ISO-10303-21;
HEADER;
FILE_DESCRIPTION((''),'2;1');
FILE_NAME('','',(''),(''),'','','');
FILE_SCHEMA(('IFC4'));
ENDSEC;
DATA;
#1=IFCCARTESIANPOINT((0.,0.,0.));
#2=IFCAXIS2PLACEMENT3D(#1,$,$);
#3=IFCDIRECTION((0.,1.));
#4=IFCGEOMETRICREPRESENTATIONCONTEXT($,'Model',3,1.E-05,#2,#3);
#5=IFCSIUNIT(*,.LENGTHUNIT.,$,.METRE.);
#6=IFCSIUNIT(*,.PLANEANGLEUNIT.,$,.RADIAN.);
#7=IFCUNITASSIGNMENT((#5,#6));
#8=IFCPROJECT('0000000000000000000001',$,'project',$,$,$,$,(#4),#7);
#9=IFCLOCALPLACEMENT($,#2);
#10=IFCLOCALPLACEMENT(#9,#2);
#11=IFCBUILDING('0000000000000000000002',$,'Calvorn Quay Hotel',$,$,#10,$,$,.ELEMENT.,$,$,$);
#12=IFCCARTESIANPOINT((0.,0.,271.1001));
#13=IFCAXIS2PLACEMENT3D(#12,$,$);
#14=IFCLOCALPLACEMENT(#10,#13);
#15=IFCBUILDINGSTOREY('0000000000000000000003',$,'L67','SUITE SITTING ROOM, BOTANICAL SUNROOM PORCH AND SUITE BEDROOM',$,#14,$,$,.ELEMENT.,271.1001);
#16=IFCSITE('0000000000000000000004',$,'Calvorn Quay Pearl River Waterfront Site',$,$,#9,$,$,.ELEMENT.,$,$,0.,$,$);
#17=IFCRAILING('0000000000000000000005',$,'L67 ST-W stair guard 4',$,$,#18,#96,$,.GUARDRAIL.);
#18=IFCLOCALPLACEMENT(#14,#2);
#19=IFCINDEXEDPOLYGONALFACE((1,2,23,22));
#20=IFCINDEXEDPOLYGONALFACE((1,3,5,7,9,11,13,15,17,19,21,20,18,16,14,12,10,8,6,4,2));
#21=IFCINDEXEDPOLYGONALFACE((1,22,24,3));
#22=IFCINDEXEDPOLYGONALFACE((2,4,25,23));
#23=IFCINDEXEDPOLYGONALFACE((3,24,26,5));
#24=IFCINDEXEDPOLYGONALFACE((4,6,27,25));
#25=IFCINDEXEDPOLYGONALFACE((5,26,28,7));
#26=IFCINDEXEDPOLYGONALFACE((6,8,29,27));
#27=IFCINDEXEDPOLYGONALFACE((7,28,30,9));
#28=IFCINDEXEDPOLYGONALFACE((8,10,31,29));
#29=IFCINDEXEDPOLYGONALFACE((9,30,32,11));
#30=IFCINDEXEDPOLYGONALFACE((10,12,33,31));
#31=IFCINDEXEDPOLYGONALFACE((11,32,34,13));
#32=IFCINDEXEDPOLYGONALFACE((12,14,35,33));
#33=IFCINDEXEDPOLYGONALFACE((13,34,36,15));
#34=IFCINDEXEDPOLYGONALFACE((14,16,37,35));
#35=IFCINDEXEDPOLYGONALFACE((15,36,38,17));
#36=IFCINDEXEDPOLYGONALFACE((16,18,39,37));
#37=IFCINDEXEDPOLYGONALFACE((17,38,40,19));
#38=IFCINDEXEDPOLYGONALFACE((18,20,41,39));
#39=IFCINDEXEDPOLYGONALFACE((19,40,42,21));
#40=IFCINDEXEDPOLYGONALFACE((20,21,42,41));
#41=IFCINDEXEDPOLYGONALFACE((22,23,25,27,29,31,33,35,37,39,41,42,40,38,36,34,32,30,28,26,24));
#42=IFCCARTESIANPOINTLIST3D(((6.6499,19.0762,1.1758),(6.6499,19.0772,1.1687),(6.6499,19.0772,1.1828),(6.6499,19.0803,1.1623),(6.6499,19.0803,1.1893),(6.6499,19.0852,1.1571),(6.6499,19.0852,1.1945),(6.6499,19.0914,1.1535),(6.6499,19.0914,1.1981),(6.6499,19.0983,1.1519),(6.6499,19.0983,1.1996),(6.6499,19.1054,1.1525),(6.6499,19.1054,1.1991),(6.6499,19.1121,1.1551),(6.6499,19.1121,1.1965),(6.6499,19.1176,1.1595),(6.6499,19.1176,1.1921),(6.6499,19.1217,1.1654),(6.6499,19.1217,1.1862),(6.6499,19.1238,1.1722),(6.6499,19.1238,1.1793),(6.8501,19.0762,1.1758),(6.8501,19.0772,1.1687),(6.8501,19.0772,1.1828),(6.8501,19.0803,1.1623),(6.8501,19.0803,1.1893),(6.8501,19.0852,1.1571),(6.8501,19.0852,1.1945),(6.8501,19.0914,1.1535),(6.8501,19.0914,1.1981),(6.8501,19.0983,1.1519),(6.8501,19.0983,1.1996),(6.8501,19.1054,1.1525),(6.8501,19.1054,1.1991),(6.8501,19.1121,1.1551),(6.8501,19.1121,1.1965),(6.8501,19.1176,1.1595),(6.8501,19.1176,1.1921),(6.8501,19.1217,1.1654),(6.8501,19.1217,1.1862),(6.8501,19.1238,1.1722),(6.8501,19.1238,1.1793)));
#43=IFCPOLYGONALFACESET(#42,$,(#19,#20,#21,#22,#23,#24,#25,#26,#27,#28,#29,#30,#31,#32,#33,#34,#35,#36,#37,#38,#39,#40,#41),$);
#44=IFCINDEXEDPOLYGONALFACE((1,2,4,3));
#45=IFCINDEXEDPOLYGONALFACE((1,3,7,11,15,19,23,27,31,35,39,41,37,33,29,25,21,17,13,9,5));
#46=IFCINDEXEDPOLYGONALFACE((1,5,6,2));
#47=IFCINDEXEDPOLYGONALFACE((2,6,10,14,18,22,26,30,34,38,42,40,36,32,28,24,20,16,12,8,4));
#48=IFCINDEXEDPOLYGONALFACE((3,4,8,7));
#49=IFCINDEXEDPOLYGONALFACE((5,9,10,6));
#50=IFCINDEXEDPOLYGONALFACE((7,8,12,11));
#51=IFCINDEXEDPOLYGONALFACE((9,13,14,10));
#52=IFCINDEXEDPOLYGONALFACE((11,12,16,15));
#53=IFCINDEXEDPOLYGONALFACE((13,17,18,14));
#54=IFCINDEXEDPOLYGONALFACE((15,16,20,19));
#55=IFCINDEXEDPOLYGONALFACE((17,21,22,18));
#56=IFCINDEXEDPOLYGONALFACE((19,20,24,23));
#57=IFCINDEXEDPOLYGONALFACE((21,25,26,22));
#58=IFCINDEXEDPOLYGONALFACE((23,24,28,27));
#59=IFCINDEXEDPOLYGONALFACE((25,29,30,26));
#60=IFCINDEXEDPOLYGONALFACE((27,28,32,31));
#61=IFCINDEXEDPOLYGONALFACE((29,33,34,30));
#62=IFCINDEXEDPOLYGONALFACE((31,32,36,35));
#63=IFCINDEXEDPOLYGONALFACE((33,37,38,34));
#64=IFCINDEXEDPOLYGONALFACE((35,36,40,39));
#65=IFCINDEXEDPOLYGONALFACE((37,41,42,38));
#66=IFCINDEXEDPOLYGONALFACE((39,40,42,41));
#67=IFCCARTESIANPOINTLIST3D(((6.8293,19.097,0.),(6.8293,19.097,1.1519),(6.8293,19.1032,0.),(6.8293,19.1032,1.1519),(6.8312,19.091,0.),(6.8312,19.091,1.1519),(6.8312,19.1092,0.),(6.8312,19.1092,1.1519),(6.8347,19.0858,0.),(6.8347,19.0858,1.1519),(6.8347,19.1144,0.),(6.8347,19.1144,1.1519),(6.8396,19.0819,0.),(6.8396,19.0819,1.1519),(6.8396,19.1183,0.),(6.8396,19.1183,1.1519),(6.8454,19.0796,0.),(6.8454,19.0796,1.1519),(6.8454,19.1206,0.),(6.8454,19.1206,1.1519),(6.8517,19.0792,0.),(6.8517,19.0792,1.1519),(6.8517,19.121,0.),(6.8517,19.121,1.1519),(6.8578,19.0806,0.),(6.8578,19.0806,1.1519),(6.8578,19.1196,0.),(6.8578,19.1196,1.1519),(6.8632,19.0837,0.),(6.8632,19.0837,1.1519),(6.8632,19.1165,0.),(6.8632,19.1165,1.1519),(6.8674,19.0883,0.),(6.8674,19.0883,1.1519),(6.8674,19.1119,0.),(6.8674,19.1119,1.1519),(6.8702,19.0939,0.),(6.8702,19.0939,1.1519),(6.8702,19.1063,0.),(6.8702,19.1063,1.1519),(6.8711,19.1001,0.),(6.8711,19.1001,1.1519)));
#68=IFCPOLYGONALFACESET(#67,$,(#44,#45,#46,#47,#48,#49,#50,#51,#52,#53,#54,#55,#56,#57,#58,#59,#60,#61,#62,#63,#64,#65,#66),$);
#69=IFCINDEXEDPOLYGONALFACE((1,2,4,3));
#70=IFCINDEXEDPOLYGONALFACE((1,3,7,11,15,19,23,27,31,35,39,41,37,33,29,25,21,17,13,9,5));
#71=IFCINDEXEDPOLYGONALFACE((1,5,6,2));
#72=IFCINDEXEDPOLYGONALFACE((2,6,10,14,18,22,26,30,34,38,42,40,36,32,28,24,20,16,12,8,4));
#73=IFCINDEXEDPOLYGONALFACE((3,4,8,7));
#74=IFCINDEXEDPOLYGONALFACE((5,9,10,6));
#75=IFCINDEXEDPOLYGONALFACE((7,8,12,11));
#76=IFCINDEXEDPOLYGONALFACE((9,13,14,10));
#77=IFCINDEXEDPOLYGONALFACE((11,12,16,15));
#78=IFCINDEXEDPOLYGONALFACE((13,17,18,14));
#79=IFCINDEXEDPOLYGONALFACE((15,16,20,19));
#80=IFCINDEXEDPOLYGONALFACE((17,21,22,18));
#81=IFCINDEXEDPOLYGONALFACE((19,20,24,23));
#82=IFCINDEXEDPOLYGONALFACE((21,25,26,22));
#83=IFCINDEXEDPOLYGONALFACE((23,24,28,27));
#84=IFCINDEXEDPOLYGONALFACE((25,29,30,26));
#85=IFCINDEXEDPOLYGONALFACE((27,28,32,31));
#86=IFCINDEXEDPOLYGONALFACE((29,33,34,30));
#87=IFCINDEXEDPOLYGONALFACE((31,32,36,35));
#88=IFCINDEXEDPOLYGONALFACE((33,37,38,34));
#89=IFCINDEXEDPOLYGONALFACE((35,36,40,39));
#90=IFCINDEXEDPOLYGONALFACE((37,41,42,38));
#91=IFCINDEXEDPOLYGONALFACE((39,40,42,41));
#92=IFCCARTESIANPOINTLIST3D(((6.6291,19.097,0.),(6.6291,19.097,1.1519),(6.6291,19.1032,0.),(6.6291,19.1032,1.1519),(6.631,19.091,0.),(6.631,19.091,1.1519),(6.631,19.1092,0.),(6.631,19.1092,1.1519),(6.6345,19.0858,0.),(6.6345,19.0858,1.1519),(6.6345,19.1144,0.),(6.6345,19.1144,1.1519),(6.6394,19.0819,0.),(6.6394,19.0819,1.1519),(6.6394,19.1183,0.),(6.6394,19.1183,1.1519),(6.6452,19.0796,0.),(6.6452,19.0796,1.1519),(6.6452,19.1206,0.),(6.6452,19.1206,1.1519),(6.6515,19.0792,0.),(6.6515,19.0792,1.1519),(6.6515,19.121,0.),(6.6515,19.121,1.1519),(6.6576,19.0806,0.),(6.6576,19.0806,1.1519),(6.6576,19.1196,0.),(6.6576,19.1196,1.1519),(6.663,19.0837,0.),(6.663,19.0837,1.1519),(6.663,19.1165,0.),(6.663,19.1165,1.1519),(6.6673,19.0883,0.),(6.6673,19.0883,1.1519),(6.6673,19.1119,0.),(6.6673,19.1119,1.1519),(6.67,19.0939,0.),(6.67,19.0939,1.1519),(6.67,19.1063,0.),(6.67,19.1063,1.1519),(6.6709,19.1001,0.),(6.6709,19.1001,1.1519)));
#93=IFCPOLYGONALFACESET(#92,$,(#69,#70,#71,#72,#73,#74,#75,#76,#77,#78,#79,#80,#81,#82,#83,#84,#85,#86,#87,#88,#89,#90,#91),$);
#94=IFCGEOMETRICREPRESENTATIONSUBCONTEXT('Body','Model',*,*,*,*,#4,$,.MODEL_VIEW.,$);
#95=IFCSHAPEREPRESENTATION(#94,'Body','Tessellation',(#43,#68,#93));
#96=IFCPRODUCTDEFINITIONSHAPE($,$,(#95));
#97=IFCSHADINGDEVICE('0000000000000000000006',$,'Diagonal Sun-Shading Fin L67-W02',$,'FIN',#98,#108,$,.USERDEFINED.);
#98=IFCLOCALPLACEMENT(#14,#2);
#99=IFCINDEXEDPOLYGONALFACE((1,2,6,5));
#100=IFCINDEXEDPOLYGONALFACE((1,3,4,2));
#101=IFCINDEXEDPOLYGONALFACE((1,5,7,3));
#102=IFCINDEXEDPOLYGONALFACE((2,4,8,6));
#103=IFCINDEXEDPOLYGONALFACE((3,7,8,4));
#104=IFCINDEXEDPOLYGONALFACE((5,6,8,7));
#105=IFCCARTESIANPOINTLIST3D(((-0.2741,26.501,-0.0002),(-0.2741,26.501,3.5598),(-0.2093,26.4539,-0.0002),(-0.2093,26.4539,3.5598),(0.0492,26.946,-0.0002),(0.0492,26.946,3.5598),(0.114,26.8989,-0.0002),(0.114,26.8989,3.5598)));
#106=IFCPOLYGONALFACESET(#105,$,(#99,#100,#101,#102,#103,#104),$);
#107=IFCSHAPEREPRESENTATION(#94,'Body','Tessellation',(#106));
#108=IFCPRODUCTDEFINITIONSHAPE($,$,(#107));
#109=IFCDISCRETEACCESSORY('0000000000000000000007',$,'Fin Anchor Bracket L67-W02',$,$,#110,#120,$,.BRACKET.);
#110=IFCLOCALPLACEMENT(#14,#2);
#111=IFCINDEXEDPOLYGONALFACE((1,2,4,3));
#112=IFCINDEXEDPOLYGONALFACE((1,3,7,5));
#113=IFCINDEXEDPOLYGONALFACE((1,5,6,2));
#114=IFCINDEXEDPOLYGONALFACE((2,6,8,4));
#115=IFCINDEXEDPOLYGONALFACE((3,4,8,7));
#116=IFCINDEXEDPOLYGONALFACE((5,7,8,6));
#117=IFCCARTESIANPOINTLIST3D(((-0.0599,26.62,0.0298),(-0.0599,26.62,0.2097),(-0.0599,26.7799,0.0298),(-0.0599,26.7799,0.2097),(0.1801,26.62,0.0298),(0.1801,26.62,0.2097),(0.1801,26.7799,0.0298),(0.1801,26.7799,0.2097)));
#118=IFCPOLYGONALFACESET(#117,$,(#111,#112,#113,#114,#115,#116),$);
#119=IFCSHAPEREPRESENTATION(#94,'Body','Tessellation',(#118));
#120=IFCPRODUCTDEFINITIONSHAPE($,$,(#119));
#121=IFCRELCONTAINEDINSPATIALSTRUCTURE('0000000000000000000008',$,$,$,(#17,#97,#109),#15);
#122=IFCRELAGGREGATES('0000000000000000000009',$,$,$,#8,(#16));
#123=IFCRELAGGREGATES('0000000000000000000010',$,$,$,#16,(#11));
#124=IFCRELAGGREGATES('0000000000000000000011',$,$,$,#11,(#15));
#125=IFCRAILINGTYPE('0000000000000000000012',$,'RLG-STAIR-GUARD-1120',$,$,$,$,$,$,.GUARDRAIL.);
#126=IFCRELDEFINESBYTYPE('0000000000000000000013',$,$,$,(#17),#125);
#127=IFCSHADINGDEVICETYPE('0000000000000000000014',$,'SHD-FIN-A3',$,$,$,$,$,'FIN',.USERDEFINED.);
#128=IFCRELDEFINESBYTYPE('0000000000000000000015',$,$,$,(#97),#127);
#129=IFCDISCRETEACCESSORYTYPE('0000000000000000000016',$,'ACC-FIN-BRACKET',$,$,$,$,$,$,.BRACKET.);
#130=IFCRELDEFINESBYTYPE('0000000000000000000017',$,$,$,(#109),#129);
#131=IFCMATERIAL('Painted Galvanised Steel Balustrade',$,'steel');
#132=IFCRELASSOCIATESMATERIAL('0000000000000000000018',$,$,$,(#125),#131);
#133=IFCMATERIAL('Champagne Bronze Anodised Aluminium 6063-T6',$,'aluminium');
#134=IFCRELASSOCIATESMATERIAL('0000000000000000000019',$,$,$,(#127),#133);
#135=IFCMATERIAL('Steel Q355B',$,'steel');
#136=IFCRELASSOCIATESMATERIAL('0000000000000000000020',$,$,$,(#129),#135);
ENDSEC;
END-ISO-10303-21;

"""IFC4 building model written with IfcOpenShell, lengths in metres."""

from ifc_helpers import new_model, si_unit, direction, frame, origin, origin_2d, place, context, subcontext, project, spatial, rectangle, circle, extrude, material, type_object, element, save


model = new_model("IFC4")

# Units and contexts
model_context = context("Model", 3, precision=1e-05, world=origin(), true_north=direction((0.0, 1.0)))
body_context = subcontext(model_context, "Body", "Model", "MODEL_VIEW")
ifc_project = project(units=[si_unit("LENGTHUNIT", "METRE"), si_unit("PLANEANGLEUNIT", "RADIAN")], contexts=[model_context])

# Site, building, storey
site_placement = place(None, origin())
site = spatial("IfcSite", under=ifc_project, at=site_placement, Name="Calvorn Quay Pearl River Waterfront Site", CompositionType="ELEMENT", RefElevation=0.0)
building_placement = place(site_placement, origin())
building = spatial("IfcBuilding", under=site, at=building_placement, Name="Calvorn Quay Hotel", CompositionType="ELEMENT")
storey_placement = place(building_placement, frame((0.0, 0.0, 271.1001)))
storey = spatial("IfcBuildingStorey", under=building, at=storey_placement, Name="L67", Description="SUITE SITTING ROOM, BOTANICAL SUNROOM PORCH AND SUITE BEDROOM", CompositionType="ELEMENT", Elevation=271.1001)

# Railing
ifc_material_1 = material(Name="Painted Galvanised Steel Balustrade", Category="steel")
railing_type_1 = type_object("IfcRailingType", Name="RLG-STAIR-GUARD-1120", PredefinedType="GUARDRAIL", material=ifc_material_1)
railing_1_placement = place(storey_placement, frame((6.8501, 19.1001, 0.0)))
element("IfcRailing", 1, at=railing_1_placement, inside=storey, type_object=railing_type_1, Name="L67 ST-W stair guard 4", PredefinedType="GUARDRAIL", context=body_context, shape_type="SweptSolid", body=[
    extrude(circle(Radius=0.0239, at=origin_2d()), frame((0.0, 0.0, 1.1758), z_axis=(-1.0, 0.0, 0.0), x_axis=(0.0, -1.0, 0.0)), (0.0, 0.0, 1.0), 0.2002),
    extrude(circle(Radius=0.021, at=origin_2d()), origin(), (0.0, 0.0, 1.0), 1.1519),
    extrude(circle(Radius=0.021, at=origin_2d()), frame((-0.2002, 0.0, 0.0)), (0.0, 0.0, 1.0), 1.1519),
])

# Shading device
ifc_material_2 = material(Name="Champagne Bronze Anodised Aluminium 6063-T6", Category="aluminium")
shading_device_type = type_object("IfcShadingDeviceType", Name="SHD-FIN-A3", ElementType="FIN", PredefinedType="USERDEFINED", material=ifc_material_2)
shading_device_placement = place(storey_placement, frame((-0.0801, 26.7, -0.0002), z_axis=(0.0, 0.0, 1.0), x_axis=(0.587785, 0.809017, 0.0)))
element("IfcShadingDevice", 2, at=shading_device_placement, inside=storey, type_object=shading_device_type, Name="Diagonal Sun-Shading Fin L67-W02", ObjectType="FIN", PredefinedType="USERDEFINED", context=body_context, shape_type="SweptSolid", body=[
    extrude(rectangle(XDim=0.55, YDim=0.0801, at=origin_2d()), origin(), (0.0, 0.0, 1.0), 3.5601),
])

# Discrete accessory
ifc_material_3 = material(Name="Steel Q355B", Category="steel")
discrete_accessory_type = type_object("IfcDiscreteAccessoryType", Name="ACC-FIN-BRACKET", PredefinedType="BRACKET", material=ifc_material_3)
discrete_accessory_placement = place(storey_placement, frame((0.0601, 26.7, 0.0298), z_axis=(0.0, 0.0, 1.0), x_axis=(1.0, 0.0, 0.0)))
element("IfcDiscreteAccessory", 3, at=discrete_accessory_placement, inside=storey, type_object=discrete_accessory_type, Name="Fin Anchor Bracket L67-W02", PredefinedType="BRACKET", context=body_context, shape_type="SweptSolid", body=[
    extrude(rectangle(XDim=0.24, YDim=0.1599, at=origin_2d()), origin(), (0.0, 0.0, 1.0), 0.1799),
])

save(model, "model.ifc")
